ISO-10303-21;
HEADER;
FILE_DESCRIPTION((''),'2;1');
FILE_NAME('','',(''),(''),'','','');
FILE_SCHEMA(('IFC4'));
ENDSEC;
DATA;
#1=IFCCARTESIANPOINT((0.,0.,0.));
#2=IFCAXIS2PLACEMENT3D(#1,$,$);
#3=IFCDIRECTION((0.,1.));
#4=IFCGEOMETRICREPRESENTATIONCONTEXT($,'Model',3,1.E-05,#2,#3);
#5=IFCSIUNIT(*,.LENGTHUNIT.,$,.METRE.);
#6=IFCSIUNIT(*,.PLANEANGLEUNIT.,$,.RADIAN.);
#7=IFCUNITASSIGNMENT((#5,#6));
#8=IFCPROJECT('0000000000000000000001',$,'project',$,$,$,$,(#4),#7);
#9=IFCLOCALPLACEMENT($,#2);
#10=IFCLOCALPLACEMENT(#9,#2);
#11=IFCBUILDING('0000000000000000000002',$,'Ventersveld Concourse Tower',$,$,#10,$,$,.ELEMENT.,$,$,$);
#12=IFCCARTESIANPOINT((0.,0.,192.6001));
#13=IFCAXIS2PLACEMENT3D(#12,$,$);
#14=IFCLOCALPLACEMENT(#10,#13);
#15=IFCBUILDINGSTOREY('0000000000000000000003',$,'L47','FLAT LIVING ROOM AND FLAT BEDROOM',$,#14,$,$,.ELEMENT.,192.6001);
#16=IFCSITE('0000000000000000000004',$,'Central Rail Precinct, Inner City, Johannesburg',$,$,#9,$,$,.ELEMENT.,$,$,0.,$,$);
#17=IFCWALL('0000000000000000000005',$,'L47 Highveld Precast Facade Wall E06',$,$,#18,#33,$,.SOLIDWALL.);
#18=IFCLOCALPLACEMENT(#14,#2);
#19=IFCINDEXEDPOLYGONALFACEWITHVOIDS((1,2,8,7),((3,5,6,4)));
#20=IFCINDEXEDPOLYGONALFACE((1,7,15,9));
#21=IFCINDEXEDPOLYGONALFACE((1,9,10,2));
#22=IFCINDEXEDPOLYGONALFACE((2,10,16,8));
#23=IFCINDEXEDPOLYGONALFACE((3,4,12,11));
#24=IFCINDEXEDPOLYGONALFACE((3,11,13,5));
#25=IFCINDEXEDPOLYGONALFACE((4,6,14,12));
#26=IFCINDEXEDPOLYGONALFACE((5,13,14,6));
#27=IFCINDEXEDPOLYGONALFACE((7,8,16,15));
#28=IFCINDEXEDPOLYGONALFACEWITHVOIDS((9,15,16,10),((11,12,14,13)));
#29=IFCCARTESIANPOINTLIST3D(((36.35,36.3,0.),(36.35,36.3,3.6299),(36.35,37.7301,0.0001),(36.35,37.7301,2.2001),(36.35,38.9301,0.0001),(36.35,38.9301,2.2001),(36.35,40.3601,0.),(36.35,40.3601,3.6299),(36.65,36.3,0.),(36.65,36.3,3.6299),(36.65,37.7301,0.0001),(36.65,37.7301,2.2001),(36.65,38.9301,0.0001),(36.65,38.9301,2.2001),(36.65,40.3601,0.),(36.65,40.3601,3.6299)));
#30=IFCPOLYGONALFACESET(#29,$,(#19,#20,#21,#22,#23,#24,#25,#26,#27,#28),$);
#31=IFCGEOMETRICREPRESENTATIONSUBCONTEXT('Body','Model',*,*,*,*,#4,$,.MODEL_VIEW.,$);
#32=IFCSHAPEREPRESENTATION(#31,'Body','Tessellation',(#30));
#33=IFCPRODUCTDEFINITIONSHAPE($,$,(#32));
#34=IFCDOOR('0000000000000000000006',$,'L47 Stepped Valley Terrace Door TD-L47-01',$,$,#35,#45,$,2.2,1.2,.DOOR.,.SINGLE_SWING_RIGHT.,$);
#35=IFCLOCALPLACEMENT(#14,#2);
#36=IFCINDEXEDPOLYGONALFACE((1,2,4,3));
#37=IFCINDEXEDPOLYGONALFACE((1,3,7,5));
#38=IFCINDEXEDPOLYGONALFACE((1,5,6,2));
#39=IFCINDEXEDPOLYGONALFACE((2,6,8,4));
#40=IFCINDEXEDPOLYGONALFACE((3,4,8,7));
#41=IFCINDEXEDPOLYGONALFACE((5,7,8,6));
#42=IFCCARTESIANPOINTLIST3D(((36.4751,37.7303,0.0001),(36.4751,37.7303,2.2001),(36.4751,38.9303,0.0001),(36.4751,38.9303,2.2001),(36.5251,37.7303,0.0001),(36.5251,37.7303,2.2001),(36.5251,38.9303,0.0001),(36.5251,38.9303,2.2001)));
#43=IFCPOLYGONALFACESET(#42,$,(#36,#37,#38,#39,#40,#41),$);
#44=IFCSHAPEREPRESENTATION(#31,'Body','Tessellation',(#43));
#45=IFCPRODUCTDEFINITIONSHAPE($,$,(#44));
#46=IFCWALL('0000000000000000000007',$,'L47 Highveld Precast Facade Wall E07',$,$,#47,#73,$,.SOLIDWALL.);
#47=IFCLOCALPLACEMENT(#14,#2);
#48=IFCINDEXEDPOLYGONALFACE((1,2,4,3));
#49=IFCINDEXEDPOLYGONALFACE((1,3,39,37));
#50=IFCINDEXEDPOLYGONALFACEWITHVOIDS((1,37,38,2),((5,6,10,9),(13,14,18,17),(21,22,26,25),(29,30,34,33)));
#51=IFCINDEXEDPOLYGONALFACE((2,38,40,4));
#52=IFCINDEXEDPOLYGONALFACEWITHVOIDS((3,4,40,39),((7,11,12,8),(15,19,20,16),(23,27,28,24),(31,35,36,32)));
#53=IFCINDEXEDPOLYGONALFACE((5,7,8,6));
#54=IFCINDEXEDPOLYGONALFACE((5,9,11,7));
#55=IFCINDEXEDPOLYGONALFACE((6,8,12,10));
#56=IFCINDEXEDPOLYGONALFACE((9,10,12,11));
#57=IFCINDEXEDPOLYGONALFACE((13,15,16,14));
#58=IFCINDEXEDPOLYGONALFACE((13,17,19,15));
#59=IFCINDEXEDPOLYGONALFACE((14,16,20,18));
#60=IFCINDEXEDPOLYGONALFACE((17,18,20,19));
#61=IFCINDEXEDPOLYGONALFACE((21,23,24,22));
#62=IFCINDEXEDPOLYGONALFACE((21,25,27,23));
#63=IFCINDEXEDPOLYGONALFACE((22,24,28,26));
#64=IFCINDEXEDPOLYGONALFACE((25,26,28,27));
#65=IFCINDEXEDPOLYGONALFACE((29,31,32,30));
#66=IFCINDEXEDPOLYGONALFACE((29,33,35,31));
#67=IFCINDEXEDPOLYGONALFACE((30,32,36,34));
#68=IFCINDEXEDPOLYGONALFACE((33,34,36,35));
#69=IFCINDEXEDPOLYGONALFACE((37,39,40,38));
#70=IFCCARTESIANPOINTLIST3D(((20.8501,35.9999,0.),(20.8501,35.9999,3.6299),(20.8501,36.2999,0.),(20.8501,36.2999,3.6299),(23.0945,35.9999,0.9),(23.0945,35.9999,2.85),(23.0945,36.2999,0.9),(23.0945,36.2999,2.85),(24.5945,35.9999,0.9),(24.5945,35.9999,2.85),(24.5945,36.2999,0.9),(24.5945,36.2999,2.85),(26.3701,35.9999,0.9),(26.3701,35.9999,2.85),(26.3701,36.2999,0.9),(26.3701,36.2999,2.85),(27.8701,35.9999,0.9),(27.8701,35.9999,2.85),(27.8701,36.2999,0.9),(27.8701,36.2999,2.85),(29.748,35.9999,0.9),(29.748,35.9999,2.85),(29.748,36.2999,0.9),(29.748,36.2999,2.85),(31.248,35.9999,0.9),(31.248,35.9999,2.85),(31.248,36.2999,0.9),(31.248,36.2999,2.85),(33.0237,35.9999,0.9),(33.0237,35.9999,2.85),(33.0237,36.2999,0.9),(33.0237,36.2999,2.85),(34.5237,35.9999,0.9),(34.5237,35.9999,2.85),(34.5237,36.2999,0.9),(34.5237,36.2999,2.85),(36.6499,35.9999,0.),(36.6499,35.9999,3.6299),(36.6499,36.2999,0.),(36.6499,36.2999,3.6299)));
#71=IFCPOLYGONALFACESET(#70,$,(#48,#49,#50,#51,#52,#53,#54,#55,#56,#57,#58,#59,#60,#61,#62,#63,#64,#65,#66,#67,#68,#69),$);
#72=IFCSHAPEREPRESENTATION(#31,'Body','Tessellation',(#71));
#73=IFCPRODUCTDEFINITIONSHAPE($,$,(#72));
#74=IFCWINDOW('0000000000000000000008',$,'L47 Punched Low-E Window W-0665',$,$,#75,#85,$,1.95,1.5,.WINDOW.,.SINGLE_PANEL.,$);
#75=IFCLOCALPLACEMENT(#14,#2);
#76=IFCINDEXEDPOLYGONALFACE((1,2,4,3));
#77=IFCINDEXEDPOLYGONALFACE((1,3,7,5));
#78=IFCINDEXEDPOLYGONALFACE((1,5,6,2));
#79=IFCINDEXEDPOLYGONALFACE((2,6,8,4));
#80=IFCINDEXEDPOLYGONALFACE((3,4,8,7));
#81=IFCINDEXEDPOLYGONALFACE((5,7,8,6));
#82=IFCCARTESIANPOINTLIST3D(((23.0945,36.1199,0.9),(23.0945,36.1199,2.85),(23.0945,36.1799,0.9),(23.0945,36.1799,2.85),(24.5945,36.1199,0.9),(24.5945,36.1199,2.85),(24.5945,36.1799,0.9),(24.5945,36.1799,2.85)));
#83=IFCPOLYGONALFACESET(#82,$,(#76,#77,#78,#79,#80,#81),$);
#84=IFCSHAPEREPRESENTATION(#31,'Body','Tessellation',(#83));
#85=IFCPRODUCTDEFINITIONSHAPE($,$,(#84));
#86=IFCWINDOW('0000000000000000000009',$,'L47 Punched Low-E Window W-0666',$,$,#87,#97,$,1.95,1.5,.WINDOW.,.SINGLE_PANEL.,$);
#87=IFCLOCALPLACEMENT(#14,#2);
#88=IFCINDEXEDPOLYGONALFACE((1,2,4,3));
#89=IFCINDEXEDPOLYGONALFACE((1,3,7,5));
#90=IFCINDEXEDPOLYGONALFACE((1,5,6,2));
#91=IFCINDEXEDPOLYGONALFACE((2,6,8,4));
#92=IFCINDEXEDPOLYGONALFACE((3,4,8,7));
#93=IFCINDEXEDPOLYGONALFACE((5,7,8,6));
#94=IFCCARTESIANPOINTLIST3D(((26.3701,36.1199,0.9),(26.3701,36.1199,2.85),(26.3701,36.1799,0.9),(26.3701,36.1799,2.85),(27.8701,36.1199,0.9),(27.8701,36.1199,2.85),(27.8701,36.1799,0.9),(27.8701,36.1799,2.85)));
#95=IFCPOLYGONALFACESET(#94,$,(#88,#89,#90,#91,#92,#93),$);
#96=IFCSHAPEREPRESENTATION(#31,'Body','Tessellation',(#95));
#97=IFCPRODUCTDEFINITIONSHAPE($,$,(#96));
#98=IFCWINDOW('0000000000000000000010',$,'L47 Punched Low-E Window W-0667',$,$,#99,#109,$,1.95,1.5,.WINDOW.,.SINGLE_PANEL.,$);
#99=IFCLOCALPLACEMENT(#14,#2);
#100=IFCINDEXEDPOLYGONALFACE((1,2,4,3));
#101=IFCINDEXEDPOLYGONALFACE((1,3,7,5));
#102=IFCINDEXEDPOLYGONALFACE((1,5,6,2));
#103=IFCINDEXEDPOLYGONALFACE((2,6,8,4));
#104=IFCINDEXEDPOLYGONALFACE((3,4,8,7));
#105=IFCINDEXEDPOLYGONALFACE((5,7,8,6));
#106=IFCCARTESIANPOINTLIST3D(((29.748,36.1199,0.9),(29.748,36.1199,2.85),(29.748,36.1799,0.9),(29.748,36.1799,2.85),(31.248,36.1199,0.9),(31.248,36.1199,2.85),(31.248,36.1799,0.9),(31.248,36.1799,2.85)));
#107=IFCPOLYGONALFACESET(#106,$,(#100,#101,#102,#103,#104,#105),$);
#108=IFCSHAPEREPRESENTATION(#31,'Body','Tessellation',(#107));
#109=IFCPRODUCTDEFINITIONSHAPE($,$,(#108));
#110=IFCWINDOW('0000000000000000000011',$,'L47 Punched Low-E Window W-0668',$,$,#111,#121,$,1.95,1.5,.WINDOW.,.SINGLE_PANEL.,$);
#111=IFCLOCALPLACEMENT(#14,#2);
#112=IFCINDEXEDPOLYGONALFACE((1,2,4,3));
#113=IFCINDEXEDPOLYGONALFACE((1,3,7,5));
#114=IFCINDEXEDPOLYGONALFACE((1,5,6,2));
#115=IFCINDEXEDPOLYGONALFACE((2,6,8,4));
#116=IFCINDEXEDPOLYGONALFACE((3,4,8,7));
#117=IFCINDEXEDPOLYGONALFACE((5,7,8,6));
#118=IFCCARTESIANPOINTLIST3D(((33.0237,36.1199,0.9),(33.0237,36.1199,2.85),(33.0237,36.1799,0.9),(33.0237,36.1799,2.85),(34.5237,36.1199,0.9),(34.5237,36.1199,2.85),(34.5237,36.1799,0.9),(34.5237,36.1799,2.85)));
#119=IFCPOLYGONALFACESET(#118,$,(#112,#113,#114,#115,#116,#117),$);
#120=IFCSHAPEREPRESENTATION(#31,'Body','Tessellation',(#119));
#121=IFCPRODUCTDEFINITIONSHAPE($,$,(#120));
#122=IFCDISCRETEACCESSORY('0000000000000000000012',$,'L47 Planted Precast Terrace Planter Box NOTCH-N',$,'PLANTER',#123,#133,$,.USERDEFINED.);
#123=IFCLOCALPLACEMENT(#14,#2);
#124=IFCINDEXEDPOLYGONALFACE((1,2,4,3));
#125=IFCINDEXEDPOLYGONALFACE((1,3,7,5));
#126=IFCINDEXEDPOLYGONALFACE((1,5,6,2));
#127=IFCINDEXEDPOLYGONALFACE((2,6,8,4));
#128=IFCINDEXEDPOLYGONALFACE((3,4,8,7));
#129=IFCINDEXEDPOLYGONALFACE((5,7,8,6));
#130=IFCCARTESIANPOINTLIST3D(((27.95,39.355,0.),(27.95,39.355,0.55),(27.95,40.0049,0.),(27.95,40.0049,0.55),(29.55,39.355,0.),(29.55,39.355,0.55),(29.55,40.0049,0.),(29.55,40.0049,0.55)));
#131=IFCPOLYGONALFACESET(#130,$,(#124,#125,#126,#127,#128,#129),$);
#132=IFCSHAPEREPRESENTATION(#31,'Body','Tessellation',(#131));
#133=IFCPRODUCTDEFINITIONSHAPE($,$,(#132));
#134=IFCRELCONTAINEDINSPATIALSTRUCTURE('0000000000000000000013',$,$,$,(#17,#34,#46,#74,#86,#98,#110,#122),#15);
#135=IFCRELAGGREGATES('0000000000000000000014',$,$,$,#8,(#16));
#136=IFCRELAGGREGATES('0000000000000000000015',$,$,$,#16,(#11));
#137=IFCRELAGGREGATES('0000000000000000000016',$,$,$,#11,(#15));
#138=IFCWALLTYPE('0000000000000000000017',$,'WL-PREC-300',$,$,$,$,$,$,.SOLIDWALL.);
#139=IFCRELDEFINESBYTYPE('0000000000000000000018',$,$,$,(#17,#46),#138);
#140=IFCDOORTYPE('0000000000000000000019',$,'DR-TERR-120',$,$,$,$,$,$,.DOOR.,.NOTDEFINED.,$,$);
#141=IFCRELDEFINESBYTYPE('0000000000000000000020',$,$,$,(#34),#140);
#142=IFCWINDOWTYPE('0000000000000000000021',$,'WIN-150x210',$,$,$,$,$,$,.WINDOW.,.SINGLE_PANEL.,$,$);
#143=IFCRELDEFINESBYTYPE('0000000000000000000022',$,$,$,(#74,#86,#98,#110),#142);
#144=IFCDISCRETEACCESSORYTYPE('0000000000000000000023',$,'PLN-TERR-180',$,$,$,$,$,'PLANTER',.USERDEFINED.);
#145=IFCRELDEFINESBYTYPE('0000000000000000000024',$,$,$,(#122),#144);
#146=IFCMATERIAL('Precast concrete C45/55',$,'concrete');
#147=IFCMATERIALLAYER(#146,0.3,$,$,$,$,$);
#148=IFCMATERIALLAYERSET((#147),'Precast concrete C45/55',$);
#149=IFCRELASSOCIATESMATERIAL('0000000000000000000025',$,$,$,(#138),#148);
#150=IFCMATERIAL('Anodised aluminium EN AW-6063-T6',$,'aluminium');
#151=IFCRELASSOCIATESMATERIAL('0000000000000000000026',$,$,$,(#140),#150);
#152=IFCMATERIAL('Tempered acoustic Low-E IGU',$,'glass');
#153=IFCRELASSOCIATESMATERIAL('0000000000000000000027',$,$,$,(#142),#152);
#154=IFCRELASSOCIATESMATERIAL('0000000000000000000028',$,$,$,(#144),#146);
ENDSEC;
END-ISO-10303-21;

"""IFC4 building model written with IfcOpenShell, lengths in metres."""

from ifc_helpers import new_model, si_unit, direction, frame, frame_2d, origin, origin_2d, place, context, subcontext, project, spatial, rectangle, extrude, material, layer, layer_set, type_object, element, fill, save


model = new_model("IFC4")

# Units and contexts
model_context = context("Model", 3, precision=1e-05, world=origin(), true_north=direction((0.0, 1.0)))
body_context = subcontext(model_context, "Body", "Model", "MODEL_VIEW")
ifc_project = project(units=[si_unit("LENGTHUNIT", "METRE"), si_unit("PLANEANGLEUNIT", "RADIAN")], contexts=[model_context])

# Site, building, storey
site_placement = place(None, origin())
site = spatial("IfcSite", under=ifc_project, at=site_placement, Name="Central Rail Precinct, Inner City, Johannesburg", CompositionType="ELEMENT", RefElevation=0.0)
building_placement = place(site_placement, origin())
building = spatial("IfcBuilding", under=site, at=building_placement, Name="Ventersveld Concourse Tower", CompositionType="ELEMENT")
storey_placement = place(building_placement, frame((0.0, 0.0, 192.6001)))
storey = spatial("IfcBuildingStorey", under=building, at=storey_placement, Name="L47", Description="FLAT LIVING ROOM AND FLAT BEDROOM", CompositionType="ELEMENT", Elevation=192.6001)

# Wall, opening, door
ifc_material_1 = material(Name="Precast concrete C45/55", Category="concrete")
ifc_layer_1 = layer(ifc_material_1, 0.3)
ifc_layer_set_1 = layer_set([ifc_layer_1], Name="Precast concrete C45/55")
wall_type_1 = type_object("IfcWallType", Name="WL-PREC-300", PredefinedType="SOLIDWALL", material=ifc_layer_set_1)
wall_1_placement = place(storey_placement, frame((36.5, 40.3601, 0.0), z_axis=(0.0, 0.0, 1.0), x_axis=(0.0, -1.0, 0.0)))
wall_1 = element("IfcWall", 1, at=wall_1_placement, inside=storey, type_object=wall_type_1, Name="L47 Highveld Precast Facade Wall E06", PredefinedType="SOLIDWALL", context=body_context, shape_type="SweptSolid", body=[
    extrude(rectangle(XDim=4.0601, YDim=0.3, at=frame_2d((2.03, 0.0))), origin(), (0.0, 0.0, 1.0), 3.6299),
])
opening_1_placement = place(wall_1_placement, frame((1.4299, 0.0, 0.0)))
opening_1 = element("IfcOpeningElement", 2, at=opening_1_placement, cuts=wall_1, PredefinedType="OPENING", context=body_context, shape_type="SweptSolid", body=[
    extrude(rectangle(XDim=1.2, YDim=2.2, at=frame_2d((0.6001, 1.1001))), frame((0.0, 0.1602, 0.0), z_axis=(0.0, -1.0, 0.0), x_axis=(1.0, 0.0, 0.0)), (0.0, 0.0, 1.0), 0.3201),
])
ifc_material_2 = material(Name="Anodised aluminium EN AW-6063-T6", Category="aluminium")
door_type_1 = type_object("IfcDoorType", Name="DR-TERR-120", OperationType="NOTDEFINED", PredefinedType="DOOR", material=ifc_material_2)
door_1_placement = place(opening_1_placement, frame((1.2, 0.0, 0.0), z_axis=(0.0, 0.0, 1.0), x_axis=(-1.0, 0.0, 0.0)))
door_1 = element("IfcDoor", 3, at=door_1_placement, inside=storey, type_object=door_type_1, Name="L47 Stepped Valley Terrace Door TD-L47-01", OperationType="SINGLE_SWING_RIGHT", OverallHeight=2.2, OverallWidth=1.2, PredefinedType="DOOR", context=body_context, shape_type="SweptSolid", body=[
    extrude(rectangle(XDim=1.2, YDim=2.2, at=frame_2d((0.6001, 1.1001))), frame((0.0, 0.0249, 0.0), z_axis=(0.0, -1.0, 0.0), x_axis=(1.0, 0.0, 0.0)), (0.0, 0.0, 1.0), 0.05),
])
fill(opening_1, door_1)

# Wall, openings, windows
wall_2_placement = place(storey_placement, frame((36.6499, 36.1499, 0.0), z_axis=(0.0, 0.0, 1.0), x_axis=(-1.0, 0.0, 0.0)))
wall_2 = element("IfcWall", 4, at=wall_2_placement, inside=storey, type_object=wall_type_1, Name="L47 Highveld Precast Facade Wall E07", PredefinedType="SOLIDWALL", context=body_context, shape_type="SweptSolid", body=[
    extrude(rectangle(XDim=15.7998, YDim=0.3, at=frame_2d((7.8999, 0.0))), origin(), (0.0, 0.0, 1.0), 3.6299),
])
opening_2_placement = place(wall_2_placement, frame((12.0554, 0.0, 0.8999)))
opening_2 = element("IfcOpeningElement", 5, at=opening_2_placement, cuts=wall_2, PredefinedType="OPENING", context=body_context, shape_type="SweptSolid", body=[
    extrude(rectangle(XDim=1.5, YDim=1.95, at=frame_2d((0.75, 0.9751))), frame((0.0, 0.1602, 0.0), z_axis=(0.0, -1.0, 0.0), x_axis=(1.0, 0.0, 0.0)), (0.0, 0.0, 1.0), 0.3201),
])
opening_3_placement = place(wall_2_placement, frame((8.7798, 0.0, 0.8999)))
opening_3 = element("IfcOpeningElement", 6, at=opening_3_placement, cuts=wall_2, PredefinedType="OPENING", context=body_context, shape_type="SweptSolid", body=[
    extrude(rectangle(XDim=1.5, YDim=1.95, at=frame_2d((0.75, 0.9751))), frame((0.0, 0.1602, 0.0), z_axis=(0.0, -1.0, 0.0), x_axis=(1.0, 0.0, 0.0)), (0.0, 0.0, 1.0), 0.3201),
])
opening_4_placement = place(wall_2_placement, frame((5.4019, 0.0, 0.8999)))
opening_4 = element("IfcOpeningElement", 7, at=opening_4_placement, cuts=wall_2, PredefinedType="OPENING", context=body_context, shape_type="SweptSolid", body=[
    extrude(rectangle(XDim=1.5, YDim=1.95, at=frame_2d((0.75, 0.9751))), frame((0.0, 0.1602, 0.0), z_axis=(0.0, -1.0, 0.0), x_axis=(1.0, 0.0, 0.0)), (0.0, 0.0, 1.0), 0.3201),
])
opening_5_placement = place(wall_2_placement, frame((2.1262, 0.0, 0.8999)))
opening_5 = element("IfcOpeningElement", 8, at=opening_5_placement, cuts=wall_2, PredefinedType="OPENING", context=body_context, shape_type="SweptSolid", body=[
    extrude(rectangle(XDim=1.5, YDim=1.95, at=frame_2d((0.75, 0.9751))), frame((0.0, 0.1602, 0.0), z_axis=(0.0, -1.0, 0.0), x_axis=(1.0, 0.0, 0.0)), (0.0, 0.0, 1.0), 0.3201),
])
ifc_material_3 = material(Name="Tempered acoustic Low-E IGU", Category="glass")
window_type = type_object("IfcWindowType", Name="WIN-150x210", PartitioningType="SINGLE_PANEL", PredefinedType="WINDOW", material=ifc_material_3)
window_1_placement = place(opening_2_placement, origin())
window_1 = element("IfcWindow", 9, at=window_1_placement, inside=storey, type_object=window_type, Name="L47 Punched Low-E Window W-0665", OverallHeight=1.95, OverallWidth=1.5, PartitioningType="SINGLE_PANEL", PredefinedType="WINDOW", context=body_context, shape_type="SweptSolid", body=[
    extrude(rectangle(XDim=1.5, YDim=1.95, at=frame_2d((0.75, 0.9751))), frame((0.0, 0.03, 0.0), z_axis=(0.0, -1.0, 0.0), x_axis=(1.0, 0.0, 0.0)), (0.0, 0.0, 1.0), 0.0601),
])
fill(opening_2, window_1)
window_2_placement = place(opening_3_placement, origin())
window_2 = element("IfcWindow", 10, at=window_2_placement, inside=storey, type_object=window_type, Name="L47 Punched Low-E Window W-0666", OverallHeight=1.95, OverallWidth=1.5, PartitioningType="SINGLE_PANEL", PredefinedType="WINDOW", context=body_context, shape_type="SweptSolid", body=[
    extrude(rectangle(XDim=1.5, YDim=1.95, at=frame_2d((0.75, 0.9751))), frame((0.0, 0.03, 0.0), z_axis=(0.0, -1.0, 0.0), x_axis=(1.0, 0.0, 0.0)), (0.0, 0.0, 1.0), 0.0601),
])
fill(opening_3, window_2)
window_3_placement = place(opening_4_placement, origin())
window_3 = element("IfcWindow", 11, at=window_3_placement, inside=storey, type_object=window_type, Name="L47 Punched Low-E Window W-0667", OverallHeight=1.95, OverallWidth=1.5, PartitioningType="SINGLE_PANEL", PredefinedType="WINDOW", context=body_context, shape_type="SweptSolid", body=[
    extrude(rectangle(XDim=1.5, YDim=1.95, at=frame_2d((0.75, 0.9751))), frame((0.0, 0.03, 0.0), z_axis=(0.0, -1.0, 0.0), x_axis=(1.0, 0.0, 0.0)), (0.0, 0.0, 1.0), 0.0601),
])
fill(opening_4, window_3)
window_4_placement = place(opening_5_placement, origin())
window_4 = element("IfcWindow", 12, at=window_4_placement, inside=storey, type_object=window_type, Name="L47 Punched Low-E Window W-0668", OverallHeight=1.95, OverallWidth=1.5, PartitioningType="SINGLE_PANEL", PredefinedType="WINDOW", context=body_context, shape_type="SweptSolid", body=[
    extrude(rectangle(XDim=1.5, YDim=1.95, at=frame_2d((0.75, 0.9751))), frame((0.0, 0.03, 0.0), z_axis=(0.0, -1.0, 0.0), x_axis=(1.0, 0.0, 0.0)), (0.0, 0.0, 1.0), 0.0601),
])
fill(opening_5, window_4)

# Discrete accessory
discrete_accessory_type = type_object("IfcDiscreteAccessoryType", Name="PLN-TERR-180", ElementType="PLANTER", PredefinedType="USERDEFINED", material=ifc_material_1)
discrete_accessory_placement = place(storey_placement, frame((28.75, 39.6799, 0.0), z_axis=(0.0, 0.0, 1.0), x_axis=(1.0, 0.0, 0.0)))
element("IfcDiscreteAccessory", 13, at=discrete_accessory_placement, inside=storey, type_object=discrete_accessory_type, Name="L47 Planted Precast Terrace Planter Box NOTCH-N", ObjectType="PLANTER", PredefinedType="USERDEFINED", context=body_context, shape_type="SweptSolid", body=[
    extrude(rectangle(XDim=1.6001, YDim=0.6499, at=origin_2d()), origin(), (0.0, 0.0, 1.0), 0.55),
])

save(model, "model.ifc")
